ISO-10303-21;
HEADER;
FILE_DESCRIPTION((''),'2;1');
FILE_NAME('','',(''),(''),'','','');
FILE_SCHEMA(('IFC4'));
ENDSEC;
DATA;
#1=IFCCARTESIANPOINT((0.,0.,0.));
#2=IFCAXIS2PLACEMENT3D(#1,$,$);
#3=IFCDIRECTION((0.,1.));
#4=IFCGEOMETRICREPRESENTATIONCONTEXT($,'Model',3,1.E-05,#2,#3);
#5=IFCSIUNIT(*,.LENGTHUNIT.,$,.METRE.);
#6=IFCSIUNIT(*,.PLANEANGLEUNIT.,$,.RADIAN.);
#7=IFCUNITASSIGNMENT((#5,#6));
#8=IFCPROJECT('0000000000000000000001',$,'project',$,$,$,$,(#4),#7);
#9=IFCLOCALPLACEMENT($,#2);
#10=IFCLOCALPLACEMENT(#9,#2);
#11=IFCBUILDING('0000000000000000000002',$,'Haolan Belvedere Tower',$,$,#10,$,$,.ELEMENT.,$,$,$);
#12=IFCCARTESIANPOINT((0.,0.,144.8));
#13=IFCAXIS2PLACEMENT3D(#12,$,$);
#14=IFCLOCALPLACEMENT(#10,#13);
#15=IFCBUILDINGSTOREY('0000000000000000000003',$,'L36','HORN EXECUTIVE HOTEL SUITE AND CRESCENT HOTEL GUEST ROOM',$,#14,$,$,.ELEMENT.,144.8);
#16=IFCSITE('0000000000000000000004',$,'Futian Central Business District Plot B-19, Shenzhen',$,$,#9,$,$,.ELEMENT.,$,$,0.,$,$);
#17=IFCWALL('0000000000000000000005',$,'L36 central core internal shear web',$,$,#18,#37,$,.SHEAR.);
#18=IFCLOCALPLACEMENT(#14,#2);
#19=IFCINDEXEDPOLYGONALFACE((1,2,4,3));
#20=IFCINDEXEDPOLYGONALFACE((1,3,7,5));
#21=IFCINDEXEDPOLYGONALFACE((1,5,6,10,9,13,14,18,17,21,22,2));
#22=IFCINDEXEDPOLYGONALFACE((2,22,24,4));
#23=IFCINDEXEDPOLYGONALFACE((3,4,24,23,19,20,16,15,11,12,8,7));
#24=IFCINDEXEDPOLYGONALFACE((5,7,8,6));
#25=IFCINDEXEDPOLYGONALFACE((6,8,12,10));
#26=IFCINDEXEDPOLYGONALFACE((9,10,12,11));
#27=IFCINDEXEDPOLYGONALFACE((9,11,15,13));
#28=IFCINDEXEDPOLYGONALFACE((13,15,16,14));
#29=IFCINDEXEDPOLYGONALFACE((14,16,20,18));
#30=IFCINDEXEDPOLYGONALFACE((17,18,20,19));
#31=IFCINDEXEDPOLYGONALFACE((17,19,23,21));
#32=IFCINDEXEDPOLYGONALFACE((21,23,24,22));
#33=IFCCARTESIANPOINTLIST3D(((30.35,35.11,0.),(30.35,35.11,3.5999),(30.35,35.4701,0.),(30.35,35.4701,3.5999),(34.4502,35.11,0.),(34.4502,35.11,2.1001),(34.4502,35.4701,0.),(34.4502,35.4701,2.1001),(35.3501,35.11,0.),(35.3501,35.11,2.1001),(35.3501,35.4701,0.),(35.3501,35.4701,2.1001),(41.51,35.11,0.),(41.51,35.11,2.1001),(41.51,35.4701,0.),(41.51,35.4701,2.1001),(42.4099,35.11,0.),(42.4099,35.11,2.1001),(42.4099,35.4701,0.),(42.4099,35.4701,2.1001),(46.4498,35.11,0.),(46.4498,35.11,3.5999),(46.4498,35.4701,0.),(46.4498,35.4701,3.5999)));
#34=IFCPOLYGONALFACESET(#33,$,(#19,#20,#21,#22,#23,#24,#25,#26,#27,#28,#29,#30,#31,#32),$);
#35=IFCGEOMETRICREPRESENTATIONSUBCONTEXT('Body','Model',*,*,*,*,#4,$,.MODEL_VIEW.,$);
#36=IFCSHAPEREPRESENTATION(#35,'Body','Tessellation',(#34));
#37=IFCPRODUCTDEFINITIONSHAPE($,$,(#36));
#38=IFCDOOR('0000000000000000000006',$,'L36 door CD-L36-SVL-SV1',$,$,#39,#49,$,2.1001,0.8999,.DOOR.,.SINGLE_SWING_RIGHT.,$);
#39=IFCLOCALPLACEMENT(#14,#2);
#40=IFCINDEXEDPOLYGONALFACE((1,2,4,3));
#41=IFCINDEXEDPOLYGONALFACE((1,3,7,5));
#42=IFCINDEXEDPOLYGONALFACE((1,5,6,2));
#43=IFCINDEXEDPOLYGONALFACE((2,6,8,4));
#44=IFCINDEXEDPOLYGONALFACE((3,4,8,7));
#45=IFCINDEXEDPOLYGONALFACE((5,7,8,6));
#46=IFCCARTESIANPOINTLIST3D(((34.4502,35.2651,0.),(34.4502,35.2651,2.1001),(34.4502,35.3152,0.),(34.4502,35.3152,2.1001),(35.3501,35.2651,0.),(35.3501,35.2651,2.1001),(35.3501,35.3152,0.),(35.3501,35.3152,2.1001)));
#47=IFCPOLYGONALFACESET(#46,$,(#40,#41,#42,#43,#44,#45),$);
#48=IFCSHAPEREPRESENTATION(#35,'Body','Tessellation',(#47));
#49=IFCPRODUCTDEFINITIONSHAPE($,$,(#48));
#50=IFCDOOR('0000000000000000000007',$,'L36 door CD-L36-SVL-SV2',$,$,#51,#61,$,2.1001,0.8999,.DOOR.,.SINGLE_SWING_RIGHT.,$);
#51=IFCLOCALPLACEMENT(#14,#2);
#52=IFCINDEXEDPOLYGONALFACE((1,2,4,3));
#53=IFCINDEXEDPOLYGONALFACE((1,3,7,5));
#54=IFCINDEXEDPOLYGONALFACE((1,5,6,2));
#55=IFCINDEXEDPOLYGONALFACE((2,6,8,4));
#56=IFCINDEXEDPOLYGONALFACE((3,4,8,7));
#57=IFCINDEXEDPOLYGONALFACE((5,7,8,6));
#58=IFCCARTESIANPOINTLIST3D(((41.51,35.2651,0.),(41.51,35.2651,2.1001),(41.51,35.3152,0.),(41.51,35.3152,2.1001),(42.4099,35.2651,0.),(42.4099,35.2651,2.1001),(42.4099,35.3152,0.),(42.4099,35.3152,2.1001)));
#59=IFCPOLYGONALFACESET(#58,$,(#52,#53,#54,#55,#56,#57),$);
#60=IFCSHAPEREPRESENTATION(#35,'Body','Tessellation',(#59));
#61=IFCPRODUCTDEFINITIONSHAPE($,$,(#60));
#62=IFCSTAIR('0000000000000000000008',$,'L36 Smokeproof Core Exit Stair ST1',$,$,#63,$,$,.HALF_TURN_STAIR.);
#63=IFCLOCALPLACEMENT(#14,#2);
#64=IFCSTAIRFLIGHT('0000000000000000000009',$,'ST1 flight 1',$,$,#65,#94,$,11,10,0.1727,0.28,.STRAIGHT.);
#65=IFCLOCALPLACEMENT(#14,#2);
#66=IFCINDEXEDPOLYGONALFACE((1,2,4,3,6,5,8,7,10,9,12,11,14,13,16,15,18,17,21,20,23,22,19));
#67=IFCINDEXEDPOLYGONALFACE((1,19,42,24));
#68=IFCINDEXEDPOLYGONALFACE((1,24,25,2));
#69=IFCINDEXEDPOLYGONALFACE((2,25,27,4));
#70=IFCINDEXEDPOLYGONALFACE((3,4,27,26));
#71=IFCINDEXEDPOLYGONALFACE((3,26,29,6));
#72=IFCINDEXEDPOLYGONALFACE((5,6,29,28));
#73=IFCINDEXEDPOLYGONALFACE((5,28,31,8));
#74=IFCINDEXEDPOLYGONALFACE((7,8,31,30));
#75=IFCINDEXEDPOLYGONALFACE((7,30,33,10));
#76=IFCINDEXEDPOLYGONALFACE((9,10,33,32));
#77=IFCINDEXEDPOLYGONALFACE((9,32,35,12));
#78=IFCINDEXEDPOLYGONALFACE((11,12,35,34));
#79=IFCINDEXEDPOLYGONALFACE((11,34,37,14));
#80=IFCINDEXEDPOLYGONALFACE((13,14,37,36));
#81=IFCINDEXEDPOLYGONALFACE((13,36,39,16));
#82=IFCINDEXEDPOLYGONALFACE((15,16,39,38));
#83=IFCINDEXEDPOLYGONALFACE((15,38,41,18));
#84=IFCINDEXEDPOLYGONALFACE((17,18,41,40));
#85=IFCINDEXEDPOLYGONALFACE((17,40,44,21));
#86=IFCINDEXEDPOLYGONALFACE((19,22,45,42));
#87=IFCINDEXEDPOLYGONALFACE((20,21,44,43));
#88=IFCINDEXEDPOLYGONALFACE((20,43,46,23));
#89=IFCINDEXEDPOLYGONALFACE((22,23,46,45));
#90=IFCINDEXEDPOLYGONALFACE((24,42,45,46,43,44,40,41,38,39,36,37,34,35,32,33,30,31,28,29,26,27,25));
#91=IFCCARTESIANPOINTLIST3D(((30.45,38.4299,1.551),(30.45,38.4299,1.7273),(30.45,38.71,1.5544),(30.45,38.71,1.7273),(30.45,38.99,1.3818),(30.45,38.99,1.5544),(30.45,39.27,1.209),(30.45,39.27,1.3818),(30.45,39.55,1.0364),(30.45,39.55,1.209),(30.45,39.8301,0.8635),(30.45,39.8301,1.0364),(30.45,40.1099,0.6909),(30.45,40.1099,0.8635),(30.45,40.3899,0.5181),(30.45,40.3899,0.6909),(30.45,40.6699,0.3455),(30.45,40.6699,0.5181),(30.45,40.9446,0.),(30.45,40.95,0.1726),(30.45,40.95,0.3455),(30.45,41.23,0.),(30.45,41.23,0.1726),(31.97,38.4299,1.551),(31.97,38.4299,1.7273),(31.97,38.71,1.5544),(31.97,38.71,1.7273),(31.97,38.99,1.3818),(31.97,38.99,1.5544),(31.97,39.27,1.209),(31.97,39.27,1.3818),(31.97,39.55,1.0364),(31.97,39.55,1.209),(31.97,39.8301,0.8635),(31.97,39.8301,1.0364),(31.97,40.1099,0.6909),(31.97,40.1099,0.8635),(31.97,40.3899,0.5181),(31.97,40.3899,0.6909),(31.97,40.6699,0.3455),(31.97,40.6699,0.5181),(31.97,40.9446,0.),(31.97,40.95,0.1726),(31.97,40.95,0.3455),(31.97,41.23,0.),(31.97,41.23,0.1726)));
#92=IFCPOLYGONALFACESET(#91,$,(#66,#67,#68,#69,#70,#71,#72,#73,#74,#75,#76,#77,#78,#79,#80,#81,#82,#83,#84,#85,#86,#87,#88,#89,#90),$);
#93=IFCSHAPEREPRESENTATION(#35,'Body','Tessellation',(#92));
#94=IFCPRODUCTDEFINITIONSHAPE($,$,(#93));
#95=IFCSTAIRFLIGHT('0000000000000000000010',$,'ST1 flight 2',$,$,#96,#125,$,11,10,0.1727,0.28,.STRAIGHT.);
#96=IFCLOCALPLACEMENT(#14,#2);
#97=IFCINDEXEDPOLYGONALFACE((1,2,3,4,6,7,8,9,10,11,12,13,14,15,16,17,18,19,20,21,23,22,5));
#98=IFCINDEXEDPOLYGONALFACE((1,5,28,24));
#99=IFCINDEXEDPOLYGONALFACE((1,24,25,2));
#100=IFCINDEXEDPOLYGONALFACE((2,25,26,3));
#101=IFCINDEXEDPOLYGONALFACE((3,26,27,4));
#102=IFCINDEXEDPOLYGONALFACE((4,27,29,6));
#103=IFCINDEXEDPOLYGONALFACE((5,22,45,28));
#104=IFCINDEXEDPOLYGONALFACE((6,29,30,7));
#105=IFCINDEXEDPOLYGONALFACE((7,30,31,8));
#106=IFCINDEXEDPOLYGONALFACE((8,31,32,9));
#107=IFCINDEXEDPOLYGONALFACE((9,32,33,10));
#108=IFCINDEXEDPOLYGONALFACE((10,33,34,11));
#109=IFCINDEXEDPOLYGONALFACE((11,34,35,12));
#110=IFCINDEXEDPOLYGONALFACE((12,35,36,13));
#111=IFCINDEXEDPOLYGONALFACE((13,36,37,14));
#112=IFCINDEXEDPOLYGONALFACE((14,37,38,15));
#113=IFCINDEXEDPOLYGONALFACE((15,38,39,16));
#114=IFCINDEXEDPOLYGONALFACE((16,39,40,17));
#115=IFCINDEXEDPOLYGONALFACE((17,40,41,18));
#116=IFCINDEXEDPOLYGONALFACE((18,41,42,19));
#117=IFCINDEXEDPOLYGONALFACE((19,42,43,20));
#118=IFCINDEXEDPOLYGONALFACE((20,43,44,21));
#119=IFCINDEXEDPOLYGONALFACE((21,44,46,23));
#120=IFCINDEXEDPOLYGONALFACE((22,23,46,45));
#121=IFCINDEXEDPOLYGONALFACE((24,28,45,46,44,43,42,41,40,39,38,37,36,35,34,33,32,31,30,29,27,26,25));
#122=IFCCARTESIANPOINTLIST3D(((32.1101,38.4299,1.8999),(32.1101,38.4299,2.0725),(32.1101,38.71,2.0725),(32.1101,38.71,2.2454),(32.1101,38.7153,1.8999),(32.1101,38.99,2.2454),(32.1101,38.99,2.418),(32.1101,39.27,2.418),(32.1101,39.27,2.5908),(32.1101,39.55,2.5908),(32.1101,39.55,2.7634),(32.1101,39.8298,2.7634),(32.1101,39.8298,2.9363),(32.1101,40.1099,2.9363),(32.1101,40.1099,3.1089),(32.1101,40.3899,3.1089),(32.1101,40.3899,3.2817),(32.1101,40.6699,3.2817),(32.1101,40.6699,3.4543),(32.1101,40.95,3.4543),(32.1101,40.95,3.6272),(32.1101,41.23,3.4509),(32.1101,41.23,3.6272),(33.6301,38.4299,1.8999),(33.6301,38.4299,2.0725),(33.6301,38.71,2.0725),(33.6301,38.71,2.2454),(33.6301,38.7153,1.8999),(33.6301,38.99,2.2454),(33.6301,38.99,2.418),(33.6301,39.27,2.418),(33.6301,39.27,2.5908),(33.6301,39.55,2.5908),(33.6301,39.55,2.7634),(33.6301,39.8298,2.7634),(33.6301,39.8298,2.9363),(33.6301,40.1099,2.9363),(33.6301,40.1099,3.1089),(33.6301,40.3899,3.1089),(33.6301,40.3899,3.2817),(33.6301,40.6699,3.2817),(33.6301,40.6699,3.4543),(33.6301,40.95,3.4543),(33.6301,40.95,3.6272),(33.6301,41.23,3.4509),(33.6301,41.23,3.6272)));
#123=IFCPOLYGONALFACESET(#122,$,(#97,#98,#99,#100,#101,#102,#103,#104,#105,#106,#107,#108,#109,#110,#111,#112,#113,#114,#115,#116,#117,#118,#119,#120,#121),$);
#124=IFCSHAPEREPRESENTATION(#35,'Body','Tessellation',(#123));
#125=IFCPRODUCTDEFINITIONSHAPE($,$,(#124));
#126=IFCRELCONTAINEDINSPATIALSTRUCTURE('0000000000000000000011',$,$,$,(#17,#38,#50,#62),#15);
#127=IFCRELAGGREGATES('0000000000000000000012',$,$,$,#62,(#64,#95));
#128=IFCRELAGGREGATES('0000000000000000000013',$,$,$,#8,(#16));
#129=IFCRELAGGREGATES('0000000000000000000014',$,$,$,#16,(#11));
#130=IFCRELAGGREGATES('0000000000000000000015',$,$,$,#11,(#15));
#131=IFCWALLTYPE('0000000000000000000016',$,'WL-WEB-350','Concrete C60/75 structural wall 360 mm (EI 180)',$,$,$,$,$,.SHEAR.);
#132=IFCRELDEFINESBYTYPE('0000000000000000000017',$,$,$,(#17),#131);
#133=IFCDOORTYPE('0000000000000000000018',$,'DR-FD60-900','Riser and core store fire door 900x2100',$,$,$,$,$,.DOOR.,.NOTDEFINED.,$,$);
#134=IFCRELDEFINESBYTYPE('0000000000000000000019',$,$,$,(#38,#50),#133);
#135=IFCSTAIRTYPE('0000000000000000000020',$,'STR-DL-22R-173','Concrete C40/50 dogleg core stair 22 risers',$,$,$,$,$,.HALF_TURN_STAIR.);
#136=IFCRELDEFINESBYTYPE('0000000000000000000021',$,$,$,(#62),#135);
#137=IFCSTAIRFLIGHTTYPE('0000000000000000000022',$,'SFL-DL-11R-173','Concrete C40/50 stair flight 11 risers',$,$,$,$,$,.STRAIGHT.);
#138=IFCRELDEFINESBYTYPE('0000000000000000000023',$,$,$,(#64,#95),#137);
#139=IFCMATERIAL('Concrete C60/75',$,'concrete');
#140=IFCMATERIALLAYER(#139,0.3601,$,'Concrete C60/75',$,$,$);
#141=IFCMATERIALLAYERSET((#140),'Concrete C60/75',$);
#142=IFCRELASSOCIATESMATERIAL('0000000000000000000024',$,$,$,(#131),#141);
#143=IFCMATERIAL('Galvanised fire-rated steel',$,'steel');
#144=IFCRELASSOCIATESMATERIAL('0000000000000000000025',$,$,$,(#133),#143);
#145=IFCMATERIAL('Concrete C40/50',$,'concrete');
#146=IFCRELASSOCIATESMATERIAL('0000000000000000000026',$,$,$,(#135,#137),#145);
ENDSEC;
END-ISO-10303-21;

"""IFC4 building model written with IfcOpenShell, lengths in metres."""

from ifc_helpers import new_model, si_unit, direction, frame, frame_2d, origin, place, context, subcontext, project, spatial, polyline, rectangle, outline, extrude, material, layer, layer_set, type_object, element, fill, aggregate, save


model = new_model("IFC4")

# Units and contexts
model_context = context("Model", 3, precision=1e-05, world=origin(), true_north=direction((0.0, 1.0)))
body_context = subcontext(model_context, "Body", "Model", "MODEL_VIEW")
ifc_project = project(units=[si_unit("LENGTHUNIT", "METRE"), si_unit("PLANEANGLEUNIT", "RADIAN")], contexts=[model_context])

# Site, building, storey
site_placement = place(None, origin())
site = spatial("IfcSite", under=ifc_project, at=site_placement, Name="Futian Central Business District Plot B-19, Shenzhen", CompositionType="ELEMENT", RefElevation=0.0)
building_placement = place(site_placement, origin())
building = spatial("IfcBuilding", under=site, at=building_placement, Name="Haolan Belvedere Tower", CompositionType="ELEMENT")
storey_placement = place(building_placement, frame((0.0, 0.0, 144.8)))
storey = spatial("IfcBuildingStorey", under=building, at=storey_placement, Name="L36", Description="HORN EXECUTIVE HOTEL SUITE AND CRESCENT HOTEL GUEST ROOM", CompositionType="ELEMENT", Elevation=144.8)

# Shared definitions
ifc_material_1 = material(Name="Concrete C60/75", Category="concrete")

# Wall, openings, doors
ifc_layer_1 = layer(ifc_material_1, 0.3601, Name="Concrete C60/75")
ifc_layer_set_1 = layer_set([ifc_layer_1], Name="Concrete C60/75")
wall_type_1 = type_object("IfcWallType", Name="WL-WEB-350", Description="Concrete C60/75 structural wall 360 mm (EI 180)", PredefinedType="SHEAR", material=ifc_layer_set_1)
wall_1_placement = place(storey_placement, frame((30.3501, 35.29, 0.0), z_axis=(0.0, 0.0, 1.0), x_axis=(1.0, 0.0, 0.0)))
wall_1 = element("IfcWall", 1, at=wall_1_placement, inside=storey, type_object=wall_type_1, Name="L36 central core internal shear web", PredefinedType="SHEAR", context=body_context, shape_type="SweptSolid", body=[
    extrude(rectangle(XDim=16.0999, YDim=0.3601, at=frame_2d((8.0498, 0.0))), origin(), (0.0, 0.0, 1.0), 3.5999),
])
opening_1_placement = place(wall_1_placement, frame((5.0, 0.0, 0.0), z_axis=(0.0, 0.0, 1.0), x_axis=(-1.0, 0.0, 0.0)))
opening_1 = element("IfcOpeningElement", 2, at=opening_1_placement, cuts=wall_1, PredefinedType="OPENING", context=body_context, shape_type="SweptSolid", body=[
    extrude(rectangle(XDim=0.8999, YDim=2.1001, at=frame_2d((0.45, 1.05))), frame((0.0, 0.1899, 0.0), z_axis=(0.0, -1.0, 0.0), x_axis=(1.0, 0.0, 0.0)), (0.0, 0.0, 1.0), 0.3801),
])
opening_2_placement = place(wall_1_placement, frame((12.0598, 0.0, 0.0), z_axis=(0.0, 0.0, 1.0), x_axis=(-1.0, 0.0, 0.0)))
opening_2 = element("IfcOpeningElement", 3, at=opening_2_placement, cuts=wall_1, PredefinedType="OPENING", context=body_context, shape_type="SweptSolid", body=[
    extrude(rectangle(XDim=0.8999, YDim=2.1001, at=frame_2d((0.45, 1.05))), frame((0.0, 0.1899, 0.0), z_axis=(0.0, -1.0, 0.0), x_axis=(1.0, 0.0, 0.0)), (0.0, 0.0, 1.0), 0.3801),
])
ifc_material_2 = material(Name="Galvanised fire-rated steel", Category="steel")
door_type_1 = type_object("IfcDoorType", Name="DR-FD60-900", Description="Riser and core store fire door 900x2100", OperationType="NOTDEFINED", PredefinedType="DOOR", material=ifc_material_2)
door_1_placement = place(opening_1_placement, origin())
door_1 = element("IfcDoor", 4, at=door_1_placement, inside=storey, type_object=door_type_1, Name="L36 door CD-L36-SVL-SV1", OperationType="SINGLE_SWING_RIGHT", OverallHeight=2.1001, OverallWidth=0.8999, PredefinedType="DOOR", context=body_context, shape_type="SweptSolid", body=[
    extrude(rectangle(XDim=0.8999, YDim=2.1001, at=frame_2d((0.45, 1.05))), frame((0.0, 0.0249, 0.0), z_axis=(0.0, -1.0, 0.0), x_axis=(1.0, 0.0, 0.0)), (0.0, 0.0, 1.0), 0.05),
])
fill(opening_1, door_1)
door_2_placement = place(opening_2_placement, origin())
door_2 = element("IfcDoor", 5, at=door_2_placement, inside=storey, type_object=door_type_1, Name="L36 door CD-L36-SVL-SV2", OperationType="SINGLE_SWING_RIGHT", OverallHeight=2.1001, OverallWidth=0.8999, PredefinedType="DOOR", context=body_context, shape_type="SweptSolid", body=[
    extrude(rectangle(XDim=0.8999, YDim=2.1001, at=frame_2d((0.45, 1.05))), frame((0.0, 0.0249, 0.0), z_axis=(0.0, -1.0, 0.0), x_axis=(1.0, 0.0, 0.0)), (0.0, 0.0, 1.0), 0.05),
])
fill(opening_2, door_2)

# Stair, stair flights
ifc_material_3 = material(Name="Concrete C40/50", Category="concrete")
stair_type = type_object("IfcStairType", Name="STR-DL-22R-173", Description="Concrete C40/50 dogleg core stair 22 risers", PredefinedType="HALF_TURN_STAIR", material=ifc_material_3)
stair_placement = place(storey_placement, origin())
stair = element("IfcStair", 6, at=stair_placement, inside=storey, type_object=stair_type, Name="L36 Smokeproof Core Exit Stair ST1", PredefinedType="HALF_TURN_STAIR")
stair_flight_type = type_object("IfcStairFlightType", Name="SFL-DL-11R-173", Description="Concrete C40/50 stair flight 11 risers", PredefinedType="STRAIGHT", material=ifc_material_3)
stair_flight_1_placement = place(storey_placement, frame((31.21, 41.23, 0.0), z_axis=(0.0, 0.0, 1.0), x_axis=(0.0, -1.0, 0.0)))
stair_flight_1 = element("IfcStairFlight", 7, at=stair_flight_1_placement, type_object=stair_flight_type, Name="ST1 flight 1", NumberOfRisers=11, NumberOfTreads=10, PredefinedType="STRAIGHT", RiserHeight=0.1727, TreadLength=0.28, context=body_context, shape_type="SweptSolid", body=[
    extrude(outline(polyline([(0.0, 0.0), (0.0, 0.1726), (0.28, 0.1726), (0.28, 0.3455), (0.5601, 0.3455), (0.5601, 0.5181), (0.8401, 0.5181), (0.8401, 0.6909), (1.1201, 0.6909), (1.1201, 0.8635), (1.3999, 0.8635), (1.3999, 1.0364), (1.6799, 1.0364), (1.6799, 1.209), (1.96, 1.209), (1.96, 1.3818), (2.24, 1.3818), (2.24, 1.5544), (2.52, 1.5544), (2.52, 1.7273), (2.8, 1.7273), (2.8, 1.8999), (2.8, 1.551), (0.2854, 0.0), (0.0, 0.0)])), frame((0.0, 0.76, 0.0), z_axis=(0.0, -1.0, 0.0), x_axis=(1.0, 0.0, 0.0)), (0.0, 0.0, 1.0), 1.52),
])
stair_flight_2_placement = place(storey_placement, frame((32.8701, 38.4299, 1.8999), z_axis=(0.0, 0.0, 1.0), x_axis=(0.0, 1.0, 0.0)))
stair_flight_2 = element("IfcStairFlight", 8, at=stair_flight_2_placement, type_object=stair_flight_type, Name="ST1 flight 2", NumberOfRisers=11, NumberOfTreads=10, PredefinedType="STRAIGHT", RiserHeight=0.1727, TreadLength=0.28, context=body_context, shape_type="SweptSolid", body=[
    extrude(outline(polyline([(0.0, 0.0), (0.0, 0.1726), (0.28, 0.1726), (0.28, 0.3455), (0.5601, 0.3455), (0.5601, 0.5181), (0.8401, 0.5181), (0.8401, 0.6909), (1.1201, 0.6909), (1.1201, 0.8635), (1.3999, 0.8635), (1.3999, 1.0364), (1.6799, 1.0364), (1.6799, 1.209), (1.96, 1.209), (1.96, 1.3818), (2.24, 1.3818), (2.24, 1.5544), (2.52, 1.5544), (2.52, 1.7273), (2.8, 1.7273), (2.8, 1.8999), (2.8, 1.551), (0.2854, 0.0), (0.0, 0.0)])), frame((0.0, 0.76, 0.0), z_axis=(0.0, -1.0, 0.0), x_axis=(1.0, 0.0, 0.0)), (0.0, 0.0, 1.0), 1.52),
])
aggregate(stair, [stair_flight_1, stair_flight_2])

save(model, "model.ifc")
